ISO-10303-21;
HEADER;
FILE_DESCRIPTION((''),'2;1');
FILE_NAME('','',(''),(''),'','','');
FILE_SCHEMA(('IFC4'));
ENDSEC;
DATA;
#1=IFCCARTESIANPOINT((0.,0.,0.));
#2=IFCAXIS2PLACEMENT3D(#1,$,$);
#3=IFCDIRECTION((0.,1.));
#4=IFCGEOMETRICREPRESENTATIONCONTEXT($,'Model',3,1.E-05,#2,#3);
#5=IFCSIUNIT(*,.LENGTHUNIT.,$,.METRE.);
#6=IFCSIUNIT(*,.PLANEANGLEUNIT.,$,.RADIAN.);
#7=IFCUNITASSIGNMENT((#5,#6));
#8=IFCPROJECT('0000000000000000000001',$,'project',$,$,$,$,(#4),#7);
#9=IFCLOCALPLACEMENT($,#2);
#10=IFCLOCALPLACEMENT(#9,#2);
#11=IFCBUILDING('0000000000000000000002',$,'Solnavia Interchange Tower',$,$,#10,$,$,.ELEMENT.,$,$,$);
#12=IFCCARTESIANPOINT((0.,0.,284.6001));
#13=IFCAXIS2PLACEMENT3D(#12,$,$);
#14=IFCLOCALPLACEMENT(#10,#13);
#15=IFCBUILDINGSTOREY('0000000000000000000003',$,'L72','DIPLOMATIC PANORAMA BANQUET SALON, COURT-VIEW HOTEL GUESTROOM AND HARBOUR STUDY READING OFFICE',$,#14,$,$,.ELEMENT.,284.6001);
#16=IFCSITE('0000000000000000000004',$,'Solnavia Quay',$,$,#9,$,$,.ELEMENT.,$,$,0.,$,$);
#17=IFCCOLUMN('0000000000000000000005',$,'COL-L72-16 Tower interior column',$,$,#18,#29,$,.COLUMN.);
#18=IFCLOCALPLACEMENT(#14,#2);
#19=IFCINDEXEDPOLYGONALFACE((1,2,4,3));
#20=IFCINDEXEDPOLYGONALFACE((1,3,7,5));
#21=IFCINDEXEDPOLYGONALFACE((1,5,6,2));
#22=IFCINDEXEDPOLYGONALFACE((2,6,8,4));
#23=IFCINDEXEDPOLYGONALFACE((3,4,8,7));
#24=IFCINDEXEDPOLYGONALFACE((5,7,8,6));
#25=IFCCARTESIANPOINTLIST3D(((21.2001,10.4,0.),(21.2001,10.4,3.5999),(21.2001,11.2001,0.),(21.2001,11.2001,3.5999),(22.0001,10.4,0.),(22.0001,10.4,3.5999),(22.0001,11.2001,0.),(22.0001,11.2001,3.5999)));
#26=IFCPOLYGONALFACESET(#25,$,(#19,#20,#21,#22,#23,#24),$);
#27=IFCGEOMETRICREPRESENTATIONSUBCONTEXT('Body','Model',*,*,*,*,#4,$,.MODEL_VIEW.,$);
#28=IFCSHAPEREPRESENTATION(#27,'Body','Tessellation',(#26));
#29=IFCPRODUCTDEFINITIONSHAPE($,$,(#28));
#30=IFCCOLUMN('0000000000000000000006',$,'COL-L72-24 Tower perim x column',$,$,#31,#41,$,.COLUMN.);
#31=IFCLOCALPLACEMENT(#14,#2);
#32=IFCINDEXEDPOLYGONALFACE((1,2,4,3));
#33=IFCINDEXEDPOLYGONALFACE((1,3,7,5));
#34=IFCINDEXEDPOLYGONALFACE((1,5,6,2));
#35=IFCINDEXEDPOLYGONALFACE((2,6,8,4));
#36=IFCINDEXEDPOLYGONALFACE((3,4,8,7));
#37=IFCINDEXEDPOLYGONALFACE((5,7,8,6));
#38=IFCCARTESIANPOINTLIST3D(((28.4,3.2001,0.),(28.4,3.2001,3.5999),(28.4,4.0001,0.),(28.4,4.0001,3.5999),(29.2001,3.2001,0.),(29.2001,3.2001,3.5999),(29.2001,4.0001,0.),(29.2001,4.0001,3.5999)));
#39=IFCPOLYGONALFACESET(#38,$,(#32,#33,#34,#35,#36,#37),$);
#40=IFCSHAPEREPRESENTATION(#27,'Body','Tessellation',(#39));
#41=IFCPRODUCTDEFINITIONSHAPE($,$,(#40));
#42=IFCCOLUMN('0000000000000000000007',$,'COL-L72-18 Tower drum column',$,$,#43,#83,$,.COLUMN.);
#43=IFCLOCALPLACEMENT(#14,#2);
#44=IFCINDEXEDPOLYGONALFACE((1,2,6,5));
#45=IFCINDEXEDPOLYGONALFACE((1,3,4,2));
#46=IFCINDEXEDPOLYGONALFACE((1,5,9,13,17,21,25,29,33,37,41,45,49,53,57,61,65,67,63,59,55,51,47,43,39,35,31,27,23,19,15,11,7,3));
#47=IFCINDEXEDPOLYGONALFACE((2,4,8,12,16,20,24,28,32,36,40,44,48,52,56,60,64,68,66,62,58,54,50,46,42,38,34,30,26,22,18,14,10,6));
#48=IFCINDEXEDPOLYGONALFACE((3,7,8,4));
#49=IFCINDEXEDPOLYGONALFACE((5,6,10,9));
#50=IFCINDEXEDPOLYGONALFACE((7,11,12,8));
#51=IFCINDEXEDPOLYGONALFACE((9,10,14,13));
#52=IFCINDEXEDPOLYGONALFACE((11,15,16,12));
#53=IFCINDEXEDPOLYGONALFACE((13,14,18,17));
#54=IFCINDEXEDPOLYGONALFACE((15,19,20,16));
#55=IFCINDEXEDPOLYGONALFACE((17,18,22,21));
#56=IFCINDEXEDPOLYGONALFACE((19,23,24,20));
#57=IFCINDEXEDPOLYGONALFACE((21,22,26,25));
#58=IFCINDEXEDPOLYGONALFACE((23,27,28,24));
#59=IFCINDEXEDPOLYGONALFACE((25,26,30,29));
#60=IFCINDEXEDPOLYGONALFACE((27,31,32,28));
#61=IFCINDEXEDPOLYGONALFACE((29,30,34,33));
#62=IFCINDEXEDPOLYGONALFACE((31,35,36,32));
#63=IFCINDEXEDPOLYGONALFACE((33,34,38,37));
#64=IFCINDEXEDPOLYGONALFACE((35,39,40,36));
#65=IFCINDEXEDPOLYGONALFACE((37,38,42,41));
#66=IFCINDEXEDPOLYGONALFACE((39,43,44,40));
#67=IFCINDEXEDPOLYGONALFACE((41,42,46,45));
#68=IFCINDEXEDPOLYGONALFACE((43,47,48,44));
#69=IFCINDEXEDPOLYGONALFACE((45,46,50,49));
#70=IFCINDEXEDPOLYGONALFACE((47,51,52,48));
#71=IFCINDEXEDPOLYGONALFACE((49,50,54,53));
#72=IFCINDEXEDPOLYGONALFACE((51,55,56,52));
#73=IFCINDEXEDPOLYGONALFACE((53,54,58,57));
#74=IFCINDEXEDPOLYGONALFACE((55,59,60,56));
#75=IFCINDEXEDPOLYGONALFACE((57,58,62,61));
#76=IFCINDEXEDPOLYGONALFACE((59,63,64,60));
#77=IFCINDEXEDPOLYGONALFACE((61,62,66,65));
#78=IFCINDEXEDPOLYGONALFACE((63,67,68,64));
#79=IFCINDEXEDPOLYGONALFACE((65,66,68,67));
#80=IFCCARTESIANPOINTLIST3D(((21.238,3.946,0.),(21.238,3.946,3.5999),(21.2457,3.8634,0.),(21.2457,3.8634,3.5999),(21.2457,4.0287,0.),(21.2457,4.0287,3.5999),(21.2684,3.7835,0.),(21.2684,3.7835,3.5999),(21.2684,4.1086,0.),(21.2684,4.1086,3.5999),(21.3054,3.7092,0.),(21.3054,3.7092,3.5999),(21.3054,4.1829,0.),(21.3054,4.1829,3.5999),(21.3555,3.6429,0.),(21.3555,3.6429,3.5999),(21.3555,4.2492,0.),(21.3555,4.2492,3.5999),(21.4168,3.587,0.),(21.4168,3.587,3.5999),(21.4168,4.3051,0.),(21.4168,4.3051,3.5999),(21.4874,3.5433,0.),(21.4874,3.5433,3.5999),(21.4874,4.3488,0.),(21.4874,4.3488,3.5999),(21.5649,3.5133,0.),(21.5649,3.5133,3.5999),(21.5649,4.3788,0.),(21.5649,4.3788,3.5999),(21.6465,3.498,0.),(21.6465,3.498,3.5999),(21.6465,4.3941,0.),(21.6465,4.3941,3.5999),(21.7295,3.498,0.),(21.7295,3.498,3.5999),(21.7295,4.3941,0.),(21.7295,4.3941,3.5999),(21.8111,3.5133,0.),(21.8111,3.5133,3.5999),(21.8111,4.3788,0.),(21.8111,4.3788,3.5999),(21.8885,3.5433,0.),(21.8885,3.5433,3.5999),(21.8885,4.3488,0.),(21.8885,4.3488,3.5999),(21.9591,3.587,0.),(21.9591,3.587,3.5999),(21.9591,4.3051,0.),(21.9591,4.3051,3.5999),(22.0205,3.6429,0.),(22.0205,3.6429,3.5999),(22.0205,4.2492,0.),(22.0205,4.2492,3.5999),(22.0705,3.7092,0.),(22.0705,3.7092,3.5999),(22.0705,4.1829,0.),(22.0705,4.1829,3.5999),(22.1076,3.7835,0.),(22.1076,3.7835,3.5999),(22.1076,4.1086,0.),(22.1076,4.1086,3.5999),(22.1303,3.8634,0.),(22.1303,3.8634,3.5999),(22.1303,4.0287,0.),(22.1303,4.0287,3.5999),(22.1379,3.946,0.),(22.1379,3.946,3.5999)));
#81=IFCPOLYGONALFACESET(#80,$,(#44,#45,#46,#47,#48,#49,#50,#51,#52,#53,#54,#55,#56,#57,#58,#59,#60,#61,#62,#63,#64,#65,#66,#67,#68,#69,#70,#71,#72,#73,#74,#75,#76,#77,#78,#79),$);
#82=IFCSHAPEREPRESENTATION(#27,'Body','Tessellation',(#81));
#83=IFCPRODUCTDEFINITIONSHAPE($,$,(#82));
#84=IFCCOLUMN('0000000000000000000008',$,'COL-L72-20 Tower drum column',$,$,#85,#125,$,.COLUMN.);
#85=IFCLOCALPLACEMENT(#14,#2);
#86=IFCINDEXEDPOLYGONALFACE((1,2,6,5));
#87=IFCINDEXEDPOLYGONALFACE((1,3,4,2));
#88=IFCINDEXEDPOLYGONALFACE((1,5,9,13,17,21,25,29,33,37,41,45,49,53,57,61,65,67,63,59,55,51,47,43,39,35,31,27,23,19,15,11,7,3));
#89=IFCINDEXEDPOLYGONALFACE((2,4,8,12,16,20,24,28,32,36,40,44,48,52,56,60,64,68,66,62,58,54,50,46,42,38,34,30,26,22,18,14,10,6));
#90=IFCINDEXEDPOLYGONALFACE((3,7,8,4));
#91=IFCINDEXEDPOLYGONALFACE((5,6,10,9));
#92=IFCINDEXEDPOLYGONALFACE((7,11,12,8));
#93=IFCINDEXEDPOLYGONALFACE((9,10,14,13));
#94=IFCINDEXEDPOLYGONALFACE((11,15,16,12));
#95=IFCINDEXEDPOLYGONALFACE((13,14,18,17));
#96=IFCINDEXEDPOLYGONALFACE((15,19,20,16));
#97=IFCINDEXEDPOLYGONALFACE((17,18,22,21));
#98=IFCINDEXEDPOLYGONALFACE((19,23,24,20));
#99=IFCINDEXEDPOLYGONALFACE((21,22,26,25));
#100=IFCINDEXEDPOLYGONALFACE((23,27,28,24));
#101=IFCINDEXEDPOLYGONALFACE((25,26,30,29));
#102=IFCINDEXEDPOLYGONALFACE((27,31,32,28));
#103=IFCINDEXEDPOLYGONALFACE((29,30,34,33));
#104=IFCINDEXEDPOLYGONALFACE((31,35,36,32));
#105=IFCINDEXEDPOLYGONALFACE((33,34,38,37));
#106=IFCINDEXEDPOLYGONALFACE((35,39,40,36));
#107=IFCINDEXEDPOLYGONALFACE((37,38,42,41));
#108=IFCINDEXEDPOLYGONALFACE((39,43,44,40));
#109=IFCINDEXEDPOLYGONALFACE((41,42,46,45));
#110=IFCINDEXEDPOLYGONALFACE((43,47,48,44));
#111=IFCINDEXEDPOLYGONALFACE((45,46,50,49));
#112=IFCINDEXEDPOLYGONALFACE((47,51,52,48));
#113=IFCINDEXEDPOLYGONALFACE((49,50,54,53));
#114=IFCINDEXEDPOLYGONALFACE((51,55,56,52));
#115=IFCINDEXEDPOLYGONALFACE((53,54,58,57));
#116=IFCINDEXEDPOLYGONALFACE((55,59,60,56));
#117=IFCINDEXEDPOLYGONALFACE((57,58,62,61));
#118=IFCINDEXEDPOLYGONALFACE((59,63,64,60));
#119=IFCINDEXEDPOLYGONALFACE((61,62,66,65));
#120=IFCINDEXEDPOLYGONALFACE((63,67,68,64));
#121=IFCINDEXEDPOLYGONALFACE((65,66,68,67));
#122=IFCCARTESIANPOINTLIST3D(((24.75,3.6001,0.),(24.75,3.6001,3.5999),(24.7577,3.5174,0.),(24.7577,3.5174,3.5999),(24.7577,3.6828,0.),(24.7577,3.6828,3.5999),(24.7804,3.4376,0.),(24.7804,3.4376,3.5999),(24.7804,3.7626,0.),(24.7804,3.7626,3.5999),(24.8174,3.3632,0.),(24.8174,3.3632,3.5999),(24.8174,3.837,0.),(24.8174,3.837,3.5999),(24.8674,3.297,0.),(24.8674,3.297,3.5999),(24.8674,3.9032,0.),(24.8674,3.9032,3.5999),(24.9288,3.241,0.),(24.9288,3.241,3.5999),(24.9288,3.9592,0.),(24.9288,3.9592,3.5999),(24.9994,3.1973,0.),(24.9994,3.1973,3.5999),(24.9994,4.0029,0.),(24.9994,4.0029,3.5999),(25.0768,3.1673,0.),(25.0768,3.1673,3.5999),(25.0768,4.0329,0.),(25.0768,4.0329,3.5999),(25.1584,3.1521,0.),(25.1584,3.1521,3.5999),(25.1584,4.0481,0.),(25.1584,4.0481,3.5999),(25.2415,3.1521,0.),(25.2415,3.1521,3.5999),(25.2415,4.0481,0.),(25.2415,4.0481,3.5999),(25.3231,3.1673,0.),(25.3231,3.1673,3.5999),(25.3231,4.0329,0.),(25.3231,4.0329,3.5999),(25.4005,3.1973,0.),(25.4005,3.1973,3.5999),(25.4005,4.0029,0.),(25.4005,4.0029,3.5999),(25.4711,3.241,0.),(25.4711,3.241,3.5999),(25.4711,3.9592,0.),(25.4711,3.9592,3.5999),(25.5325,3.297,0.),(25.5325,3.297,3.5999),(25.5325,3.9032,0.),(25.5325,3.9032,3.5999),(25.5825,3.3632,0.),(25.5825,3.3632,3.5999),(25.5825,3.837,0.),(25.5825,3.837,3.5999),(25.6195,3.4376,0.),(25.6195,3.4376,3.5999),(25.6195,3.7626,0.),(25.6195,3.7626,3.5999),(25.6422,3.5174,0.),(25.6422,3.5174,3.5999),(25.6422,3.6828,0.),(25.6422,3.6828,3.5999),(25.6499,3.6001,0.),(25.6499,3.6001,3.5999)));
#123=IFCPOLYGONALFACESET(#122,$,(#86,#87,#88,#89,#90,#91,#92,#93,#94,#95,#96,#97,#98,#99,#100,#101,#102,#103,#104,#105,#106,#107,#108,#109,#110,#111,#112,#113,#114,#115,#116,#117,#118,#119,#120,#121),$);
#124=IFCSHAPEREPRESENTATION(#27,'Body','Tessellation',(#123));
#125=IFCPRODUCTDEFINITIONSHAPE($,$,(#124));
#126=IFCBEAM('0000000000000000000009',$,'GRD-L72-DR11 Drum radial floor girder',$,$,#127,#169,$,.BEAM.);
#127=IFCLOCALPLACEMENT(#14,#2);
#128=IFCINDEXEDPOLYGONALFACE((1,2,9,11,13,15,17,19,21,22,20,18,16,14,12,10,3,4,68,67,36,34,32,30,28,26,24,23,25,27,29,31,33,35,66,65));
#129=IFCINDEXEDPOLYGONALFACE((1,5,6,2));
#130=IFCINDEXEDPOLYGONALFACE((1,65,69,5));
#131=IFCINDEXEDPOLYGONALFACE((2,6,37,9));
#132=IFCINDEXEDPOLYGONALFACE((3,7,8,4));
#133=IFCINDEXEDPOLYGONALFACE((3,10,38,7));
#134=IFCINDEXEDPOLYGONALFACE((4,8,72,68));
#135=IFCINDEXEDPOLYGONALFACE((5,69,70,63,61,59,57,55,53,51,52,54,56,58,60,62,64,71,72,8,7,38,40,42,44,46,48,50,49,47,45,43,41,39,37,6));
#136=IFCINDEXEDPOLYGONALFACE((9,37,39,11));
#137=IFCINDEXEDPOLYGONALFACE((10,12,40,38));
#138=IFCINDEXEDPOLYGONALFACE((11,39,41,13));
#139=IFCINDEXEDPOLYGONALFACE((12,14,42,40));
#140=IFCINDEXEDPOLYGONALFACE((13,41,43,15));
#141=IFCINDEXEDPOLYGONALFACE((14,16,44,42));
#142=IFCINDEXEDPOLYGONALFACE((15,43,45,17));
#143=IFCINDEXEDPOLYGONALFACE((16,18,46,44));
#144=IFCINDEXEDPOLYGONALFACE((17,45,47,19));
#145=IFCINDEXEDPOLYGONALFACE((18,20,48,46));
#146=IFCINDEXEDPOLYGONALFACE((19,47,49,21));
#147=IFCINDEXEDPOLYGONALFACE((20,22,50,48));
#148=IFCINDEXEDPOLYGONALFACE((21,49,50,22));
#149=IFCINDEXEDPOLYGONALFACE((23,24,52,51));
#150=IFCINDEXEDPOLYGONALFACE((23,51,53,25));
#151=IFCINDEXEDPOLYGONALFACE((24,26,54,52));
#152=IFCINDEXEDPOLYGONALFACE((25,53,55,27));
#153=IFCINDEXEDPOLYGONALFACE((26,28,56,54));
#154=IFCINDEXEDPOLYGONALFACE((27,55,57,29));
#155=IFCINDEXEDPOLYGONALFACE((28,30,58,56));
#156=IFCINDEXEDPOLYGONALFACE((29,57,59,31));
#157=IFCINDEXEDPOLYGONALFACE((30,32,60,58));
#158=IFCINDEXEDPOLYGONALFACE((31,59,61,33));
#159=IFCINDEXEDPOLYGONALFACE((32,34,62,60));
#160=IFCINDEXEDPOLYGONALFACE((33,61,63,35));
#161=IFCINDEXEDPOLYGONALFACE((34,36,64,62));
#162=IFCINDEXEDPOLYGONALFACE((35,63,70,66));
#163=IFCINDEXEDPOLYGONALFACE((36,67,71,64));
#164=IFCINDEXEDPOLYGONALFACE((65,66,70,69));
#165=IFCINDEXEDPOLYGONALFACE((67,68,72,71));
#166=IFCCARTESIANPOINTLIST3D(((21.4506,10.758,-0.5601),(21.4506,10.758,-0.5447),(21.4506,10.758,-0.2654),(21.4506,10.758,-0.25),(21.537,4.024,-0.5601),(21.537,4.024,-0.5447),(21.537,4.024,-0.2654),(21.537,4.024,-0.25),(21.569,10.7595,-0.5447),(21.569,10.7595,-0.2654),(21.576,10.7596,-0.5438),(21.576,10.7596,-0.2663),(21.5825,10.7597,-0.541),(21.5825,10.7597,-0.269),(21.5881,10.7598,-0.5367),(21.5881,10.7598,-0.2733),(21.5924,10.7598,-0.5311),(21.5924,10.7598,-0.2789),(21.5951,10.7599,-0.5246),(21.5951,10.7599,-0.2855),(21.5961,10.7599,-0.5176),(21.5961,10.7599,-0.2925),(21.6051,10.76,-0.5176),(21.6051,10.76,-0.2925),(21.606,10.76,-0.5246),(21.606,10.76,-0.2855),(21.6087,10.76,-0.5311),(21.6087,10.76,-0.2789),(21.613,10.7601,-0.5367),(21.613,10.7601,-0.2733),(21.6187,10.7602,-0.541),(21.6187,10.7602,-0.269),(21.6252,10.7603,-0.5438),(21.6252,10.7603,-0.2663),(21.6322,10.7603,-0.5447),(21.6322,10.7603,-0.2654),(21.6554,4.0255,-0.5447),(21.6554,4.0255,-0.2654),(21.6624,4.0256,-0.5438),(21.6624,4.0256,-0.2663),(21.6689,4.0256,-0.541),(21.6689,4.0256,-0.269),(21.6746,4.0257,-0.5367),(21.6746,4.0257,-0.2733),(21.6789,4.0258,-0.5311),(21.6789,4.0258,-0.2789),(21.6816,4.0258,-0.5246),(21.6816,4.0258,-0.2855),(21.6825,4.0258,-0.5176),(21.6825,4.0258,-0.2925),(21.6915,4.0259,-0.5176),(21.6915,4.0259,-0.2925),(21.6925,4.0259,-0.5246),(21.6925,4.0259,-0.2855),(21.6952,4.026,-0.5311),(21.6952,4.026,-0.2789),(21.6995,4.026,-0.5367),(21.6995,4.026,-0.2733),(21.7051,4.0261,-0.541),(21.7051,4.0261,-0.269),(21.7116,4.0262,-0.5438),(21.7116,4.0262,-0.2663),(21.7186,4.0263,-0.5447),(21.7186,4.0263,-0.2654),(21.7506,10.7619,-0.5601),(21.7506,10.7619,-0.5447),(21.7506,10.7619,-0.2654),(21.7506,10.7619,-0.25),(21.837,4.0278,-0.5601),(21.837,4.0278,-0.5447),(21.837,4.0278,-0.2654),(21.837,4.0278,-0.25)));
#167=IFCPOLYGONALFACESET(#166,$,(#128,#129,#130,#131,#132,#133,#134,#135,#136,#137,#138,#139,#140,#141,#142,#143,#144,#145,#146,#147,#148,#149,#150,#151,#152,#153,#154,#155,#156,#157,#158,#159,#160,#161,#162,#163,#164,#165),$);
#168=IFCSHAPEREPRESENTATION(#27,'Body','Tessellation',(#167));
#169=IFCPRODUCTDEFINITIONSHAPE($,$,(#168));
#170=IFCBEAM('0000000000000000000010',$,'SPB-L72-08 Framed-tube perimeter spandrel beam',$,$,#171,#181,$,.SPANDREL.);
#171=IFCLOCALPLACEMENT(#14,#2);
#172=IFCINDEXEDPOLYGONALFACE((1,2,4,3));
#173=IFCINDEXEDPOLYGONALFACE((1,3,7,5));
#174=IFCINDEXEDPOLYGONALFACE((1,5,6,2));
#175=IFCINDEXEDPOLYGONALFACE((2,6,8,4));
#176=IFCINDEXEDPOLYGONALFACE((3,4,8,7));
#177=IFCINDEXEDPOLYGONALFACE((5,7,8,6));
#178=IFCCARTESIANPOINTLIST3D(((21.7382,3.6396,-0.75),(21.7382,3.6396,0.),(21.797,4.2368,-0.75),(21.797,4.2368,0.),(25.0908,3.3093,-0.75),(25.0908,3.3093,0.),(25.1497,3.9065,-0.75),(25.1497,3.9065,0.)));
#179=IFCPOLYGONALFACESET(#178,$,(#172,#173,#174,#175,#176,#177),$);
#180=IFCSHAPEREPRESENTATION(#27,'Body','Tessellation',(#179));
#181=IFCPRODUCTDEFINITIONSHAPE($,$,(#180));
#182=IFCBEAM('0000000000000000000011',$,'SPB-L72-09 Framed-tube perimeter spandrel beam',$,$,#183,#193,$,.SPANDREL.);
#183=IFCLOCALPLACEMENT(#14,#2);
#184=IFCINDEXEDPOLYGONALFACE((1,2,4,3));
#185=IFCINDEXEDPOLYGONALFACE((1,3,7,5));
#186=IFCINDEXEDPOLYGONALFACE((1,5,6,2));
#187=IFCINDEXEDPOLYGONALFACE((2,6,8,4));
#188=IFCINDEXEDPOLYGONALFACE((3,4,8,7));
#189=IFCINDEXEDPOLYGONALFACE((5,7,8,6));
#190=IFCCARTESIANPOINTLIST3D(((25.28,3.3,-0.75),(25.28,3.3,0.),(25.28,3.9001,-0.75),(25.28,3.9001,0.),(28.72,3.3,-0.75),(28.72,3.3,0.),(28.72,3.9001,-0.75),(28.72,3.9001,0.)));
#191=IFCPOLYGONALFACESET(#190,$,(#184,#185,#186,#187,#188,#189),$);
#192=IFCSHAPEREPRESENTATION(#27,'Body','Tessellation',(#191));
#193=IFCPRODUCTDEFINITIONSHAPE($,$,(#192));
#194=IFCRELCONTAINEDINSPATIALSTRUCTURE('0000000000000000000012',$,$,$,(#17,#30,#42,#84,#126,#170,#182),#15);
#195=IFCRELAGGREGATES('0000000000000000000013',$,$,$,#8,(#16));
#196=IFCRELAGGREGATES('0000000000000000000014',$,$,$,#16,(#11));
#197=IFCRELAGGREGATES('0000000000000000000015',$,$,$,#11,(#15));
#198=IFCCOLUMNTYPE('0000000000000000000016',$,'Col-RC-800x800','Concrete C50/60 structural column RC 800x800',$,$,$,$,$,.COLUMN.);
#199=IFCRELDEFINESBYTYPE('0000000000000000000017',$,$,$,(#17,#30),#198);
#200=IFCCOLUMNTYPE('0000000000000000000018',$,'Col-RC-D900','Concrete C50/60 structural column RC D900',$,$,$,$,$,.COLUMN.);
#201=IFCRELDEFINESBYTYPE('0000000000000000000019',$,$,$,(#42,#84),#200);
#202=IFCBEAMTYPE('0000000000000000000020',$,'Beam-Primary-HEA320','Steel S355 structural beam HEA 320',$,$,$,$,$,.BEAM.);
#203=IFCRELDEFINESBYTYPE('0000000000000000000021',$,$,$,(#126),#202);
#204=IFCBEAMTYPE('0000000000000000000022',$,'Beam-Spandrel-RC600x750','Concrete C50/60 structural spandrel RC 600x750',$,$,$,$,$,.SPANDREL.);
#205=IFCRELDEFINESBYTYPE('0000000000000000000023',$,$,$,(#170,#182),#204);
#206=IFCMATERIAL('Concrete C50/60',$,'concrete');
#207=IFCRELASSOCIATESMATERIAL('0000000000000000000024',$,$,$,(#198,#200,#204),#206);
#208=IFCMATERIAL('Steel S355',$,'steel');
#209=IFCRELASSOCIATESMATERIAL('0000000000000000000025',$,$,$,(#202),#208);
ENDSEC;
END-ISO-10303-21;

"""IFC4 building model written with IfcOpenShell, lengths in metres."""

from ifc_helpers import new_model, si_unit, direction, frame, origin, origin_2d, place, context, subcontext, project, spatial, rectangle, circle, i_section, extrude, material, material_profile, profile_set, type_object, element, save


model = new_model("IFC4")

# Units and contexts
model_context = context("Model", 3, precision=1e-05, world=origin(), true_north=direction((0.0, 1.0)))
body_context = subcontext(model_context, "Body", "Model", "MODEL_VIEW")
ifc_project = project(units=[si_unit("LENGTHUNIT", "METRE"), si_unit("PLANEANGLEUNIT", "RADIAN")], contexts=[model_context])

# Site, building, storey
site_placement = place(None, origin())
site = spatial("IfcSite", under=ifc_project, at=site_placement, Name="Solnavia Quay", CompositionType="ELEMENT", RefElevation=0.0)
building_placement = place(site_placement, origin())
building = spatial("IfcBuilding", under=site, at=building_placement, Name="Solnavia Interchange Tower", CompositionType="ELEMENT")
storey_placement = place(building_placement, frame((0.0, 0.0, 284.6001)))
storey = spatial("IfcBuildingStorey", under=building, at=storey_placement, Name="L72", Description="DIPLOMATIC PANORAMA BANQUET SALON, COURT-VIEW HOTEL GUESTROOM AND HARBOUR STUDY READING OFFICE", CompositionType="ELEMENT", Elevation=284.6001)

# Columns
ifc_material_1 = material(Name="Concrete C50/60", Category="concrete")
ifc_material_profile_1 = material_profile(ifc_material_1, rectangle(XDim=0.8, YDim=0.8, at=origin_2d()), Name="RC 800x800")
ifc_profile_set_1 = profile_set([ifc_material_profile_1], Name="Concrete C50/60")
column_type_1 = type_object("IfcColumnType", Name="Col-RC-800x800", Description="Concrete C50/60 structural column RC 800x800", PredefinedType="COLUMN", material=ifc_profile_set_1)
for number, where, z_axis, x_axis, name in (
    (1, (21.6001, 10.8, 0.0), (0.0, 0.0, 1.0), (1.0, 0.0, 0.0), "COL-L72-16 Tower interior column"),
    (2, (28.8, 3.6001, 0.0), (0.0, 0.0, 1.0), (1.0, 0.0, 0.0), "COL-L72-24 Tower perim x column"),
):
    element("IfcColumn", number, at=place(storey_placement, frame(where, z_axis=z_axis, x_axis=x_axis)), inside=storey, type_object=column_type_1, Name=name, PredefinedType="COLUMN", context=body_context, shape_type="SweptSolid", body=[
        extrude(rectangle(XDim=0.8, YDim=0.8, at=origin_2d()), origin(), (0.0, 0.0, 1.0), 3.5999),
    ])
ifc_material_profile_2 = material_profile(ifc_material_1, circle(Radius=0.45, at=origin_2d()), Name="RC D900")
ifc_profile_set_2 = profile_set([ifc_material_profile_2], Name="Concrete C50/60")
column_type_2 = type_object("IfcColumnType", Name="Col-RC-D900", Description="Concrete C50/60 structural column RC D900", PredefinedType="COLUMN", material=ifc_profile_set_2)
for number, where, z_axis, x_axis, name in (
    (3, (21.688, 3.946, 0.0), (0.0, 0.0, 1.0), (1.0, 0.0, 0.0), "COL-L72-18 Tower drum column"),
    (4, (25.2, 3.6001, 0.0), (0.0, 0.0, 1.0), (1.0, 0.0, 0.0), "COL-L72-20 Tower drum column"),
):
    element("IfcColumn", number, at=place(storey_placement, frame(where, z_axis=z_axis, x_axis=x_axis)), inside=storey, type_object=column_type_2, Name=name, PredefinedType="COLUMN", context=body_context, shape_type="SweptSolid", body=[
        extrude(circle(Radius=0.45, at=origin_2d()), origin(), (0.0, 0.0, 1.0), 3.5999),
    ])

# Beams
ifc_material_2 = material(Name="Steel S355", Category="steel")
ifc_material_profile_3 = material_profile(ifc_material_2, i_section(OverallWidth=0.3, OverallDepth=0.3101, WebThickness=0.009, FlangeThickness=0.0154, FilletRadius=0.0271, at=origin_2d()), Name="HEA 320")
ifc_profile_set_3 = profile_set([ifc_material_profile_3], Name="Steel S355")
beam_type_1 = type_object("IfcBeamType", Name="Beam-Primary-HEA320", Description="Steel S355 structural beam HEA 320", PredefinedType="BEAM", material=ifc_profile_set_3)
beam_1_placement = place(storey_placement, frame((21.687, 4.0259, -0.405), z_axis=(-0.012833, 0.999918, 0.0), x_axis=(-0.999918, -0.012833, 0.0)))
element("IfcBeam", 5, at=beam_1_placement, inside=storey, type_object=beam_type_1, Name="GRD-L72-DR11 Drum radial floor girder", PredefinedType="BEAM", context=body_context, shape_type="SweptSolid", body=[
    extrude(i_section(OverallWidth=0.3, OverallDepth=0.3101, WebThickness=0.009, FlangeThickness=0.0154, FilletRadius=0.0271, at=origin_2d()), origin(), (0.0, 0.0, 1.0), 6.7346),
])
ifc_material_profile_4 = material_profile(ifc_material_1, rectangle(XDim=0.6001, YDim=0.75, at=origin_2d()), Name="RC 600x750")
ifc_profile_set_4 = profile_set([ifc_material_profile_4], Name="Concrete C50/60")
beam_type_2 = type_object("IfcBeamType", Name="Beam-Spandrel-RC600x750", Description="Concrete C50/60 structural spandrel RC 600x750", PredefinedType="SPANDREL", material=ifc_profile_set_4)
beam_2_placement = place(storey_placement, frame((21.7676, 3.9382, -0.375), z_axis=(0.995182, -0.098047, 0.0), x_axis=(0.098047, 0.995182, 0.0)))
element("IfcBeam", 6, at=beam_2_placement, inside=storey, type_object=beam_type_2, Name="SPB-L72-08 Framed-tube perimeter spandrel beam", PredefinedType="SPANDREL", context=body_context, shape_type="SweptSolid", body=[
    extrude(rectangle(XDim=0.6001, YDim=0.75, at=origin_2d()), origin(), (0.0, 0.0, 1.0), 3.3689),
])
beam_3_placement = place(storey_placement, frame((25.28, 3.6001, -0.375), z_axis=(1.0, 0.0, 0.0), x_axis=(0.0, 1.0, 0.0)))
element("IfcBeam", 7, at=beam_3_placement, inside=storey, type_object=beam_type_2, Name="SPB-L72-09 Framed-tube perimeter spandrel beam", PredefinedType="SPANDREL", context=body_context, shape_type="SweptSolid", body=[
    extrude(rectangle(XDim=0.6001, YDim=0.75, at=origin_2d()), origin(), (0.0, 0.0, 1.0), 3.4399),
])

save(model, "model.ifc")
